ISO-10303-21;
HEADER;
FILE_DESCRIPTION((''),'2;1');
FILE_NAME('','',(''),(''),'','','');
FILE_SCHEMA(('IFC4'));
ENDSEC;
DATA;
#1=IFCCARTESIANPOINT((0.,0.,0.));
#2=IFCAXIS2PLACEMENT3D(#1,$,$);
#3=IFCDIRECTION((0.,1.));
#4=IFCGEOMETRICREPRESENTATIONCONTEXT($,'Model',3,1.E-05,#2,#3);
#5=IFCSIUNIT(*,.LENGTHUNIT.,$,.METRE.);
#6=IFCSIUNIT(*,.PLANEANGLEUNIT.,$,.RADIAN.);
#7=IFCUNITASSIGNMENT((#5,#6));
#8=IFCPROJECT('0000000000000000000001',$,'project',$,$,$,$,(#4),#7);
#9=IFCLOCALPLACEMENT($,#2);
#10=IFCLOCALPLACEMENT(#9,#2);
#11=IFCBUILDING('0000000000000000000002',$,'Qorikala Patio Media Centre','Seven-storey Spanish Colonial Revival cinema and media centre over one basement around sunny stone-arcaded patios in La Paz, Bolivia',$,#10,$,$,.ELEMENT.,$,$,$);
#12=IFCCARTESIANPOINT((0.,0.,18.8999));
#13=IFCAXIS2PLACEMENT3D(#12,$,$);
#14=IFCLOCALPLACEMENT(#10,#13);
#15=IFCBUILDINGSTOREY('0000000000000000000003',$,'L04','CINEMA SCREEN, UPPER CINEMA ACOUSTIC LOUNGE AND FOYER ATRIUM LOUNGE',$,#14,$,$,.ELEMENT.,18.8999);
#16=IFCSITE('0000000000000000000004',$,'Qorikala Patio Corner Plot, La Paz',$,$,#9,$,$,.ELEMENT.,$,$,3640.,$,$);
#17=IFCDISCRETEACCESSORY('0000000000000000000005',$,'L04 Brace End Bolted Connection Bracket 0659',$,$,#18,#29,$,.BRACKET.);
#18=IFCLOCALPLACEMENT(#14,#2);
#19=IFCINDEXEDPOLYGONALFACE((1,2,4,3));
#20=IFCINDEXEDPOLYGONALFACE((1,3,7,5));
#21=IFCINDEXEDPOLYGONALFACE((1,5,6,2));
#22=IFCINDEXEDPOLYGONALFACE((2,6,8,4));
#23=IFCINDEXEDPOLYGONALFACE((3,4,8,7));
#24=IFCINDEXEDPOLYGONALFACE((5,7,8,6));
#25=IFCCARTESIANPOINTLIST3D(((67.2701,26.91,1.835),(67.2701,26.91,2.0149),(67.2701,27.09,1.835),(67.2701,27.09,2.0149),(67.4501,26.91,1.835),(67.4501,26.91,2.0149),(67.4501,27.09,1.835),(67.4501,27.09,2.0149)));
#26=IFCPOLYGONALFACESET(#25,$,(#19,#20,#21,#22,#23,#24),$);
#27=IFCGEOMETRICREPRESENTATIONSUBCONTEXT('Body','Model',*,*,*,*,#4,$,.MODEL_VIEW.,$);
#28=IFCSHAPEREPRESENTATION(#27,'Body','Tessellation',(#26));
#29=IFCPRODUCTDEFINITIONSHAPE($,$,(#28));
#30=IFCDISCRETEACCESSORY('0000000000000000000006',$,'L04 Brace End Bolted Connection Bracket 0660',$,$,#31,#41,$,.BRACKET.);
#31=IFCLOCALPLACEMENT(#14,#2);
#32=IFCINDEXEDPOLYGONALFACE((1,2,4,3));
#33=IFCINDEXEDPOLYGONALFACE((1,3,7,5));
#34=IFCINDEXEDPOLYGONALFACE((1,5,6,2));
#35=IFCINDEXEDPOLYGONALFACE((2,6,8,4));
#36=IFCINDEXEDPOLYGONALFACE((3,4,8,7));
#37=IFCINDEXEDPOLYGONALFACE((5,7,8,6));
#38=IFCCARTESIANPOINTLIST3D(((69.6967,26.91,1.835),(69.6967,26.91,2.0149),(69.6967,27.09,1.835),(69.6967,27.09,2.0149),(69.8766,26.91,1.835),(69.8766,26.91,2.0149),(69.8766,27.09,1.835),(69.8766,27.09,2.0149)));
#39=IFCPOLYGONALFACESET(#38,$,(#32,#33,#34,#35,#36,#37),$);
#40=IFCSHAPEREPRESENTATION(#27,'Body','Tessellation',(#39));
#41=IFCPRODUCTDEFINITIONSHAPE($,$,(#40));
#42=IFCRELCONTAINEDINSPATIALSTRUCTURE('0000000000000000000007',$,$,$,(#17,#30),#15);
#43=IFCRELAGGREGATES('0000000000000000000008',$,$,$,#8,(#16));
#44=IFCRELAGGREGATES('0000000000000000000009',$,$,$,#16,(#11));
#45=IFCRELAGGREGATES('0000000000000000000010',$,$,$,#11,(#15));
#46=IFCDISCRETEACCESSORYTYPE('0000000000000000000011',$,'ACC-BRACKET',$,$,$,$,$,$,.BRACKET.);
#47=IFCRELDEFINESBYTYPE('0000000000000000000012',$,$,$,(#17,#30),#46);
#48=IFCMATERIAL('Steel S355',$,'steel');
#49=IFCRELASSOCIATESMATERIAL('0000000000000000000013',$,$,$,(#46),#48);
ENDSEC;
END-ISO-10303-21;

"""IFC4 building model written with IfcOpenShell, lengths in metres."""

from ifc_helpers import new_model, si_unit, direction, frame, origin, origin_2d, place, context, subcontext, project, spatial, rectangle, extrude, material, type_object, element, save


model = new_model("IFC4")

# Units and contexts
model_context = context("Model", 3, precision=1e-05, world=origin(), true_north=direction((0.0, 1.0)))
body_context = subcontext(model_context, "Body", "Model", "MODEL_VIEW")
ifc_project = project(units=[si_unit("LENGTHUNIT", "METRE"), si_unit("PLANEANGLEUNIT", "RADIAN")], contexts=[model_context])

# Site, building, storey
site_placement = place(None, origin())
site = spatial("IfcSite", under=ifc_project, at=site_placement, Name="Qorikala Patio Corner Plot, La Paz", CompositionType="ELEMENT", RefElevation=3640.0)
building_placement = place(site_placement, origin())
building = spatial("IfcBuilding", under=site, at=building_placement, Name="Qorikala Patio Media Centre", Description="Seven-storey Spanish Colonial Revival cinema and media centre over one basement around sunny stone-arcaded patios in La Paz, Bolivia", CompositionType="ELEMENT")
storey_placement = place(building_placement, frame((0.0, 0.0, 18.8999)))
storey = spatial("IfcBuildingStorey", under=building, at=storey_placement, Name="L04", Description="CINEMA SCREEN, UPPER CINEMA ACOUSTIC LOUNGE AND FOYER ATRIUM LOUNGE", CompositionType="ELEMENT", Elevation=18.8999)

# Discrete accessories
ifc_material_1 = material(Name="Steel S355", Category="steel")
discrete_accessory_type = type_object("IfcDiscreteAccessoryType", Name="ACC-BRACKET", PredefinedType="BRACKET", material=ifc_material_1)
for number, where, z_axis, x_axis, name in (
    (1, (67.3601, 27.0, 1.835), (0.0, 0.0, 1.0), (1.0, 0.0, 0.0), "L04 Brace End Bolted Connection Bracket 0659"),
    (2, (69.7866, 27.0, 1.835), (0.0, 0.0, 1.0), (1.0, 0.0, 0.0), "L04 Brace End Bolted Connection Bracket 0660"),
):
    element("IfcDiscreteAccessory", number, at=place(storey_placement, frame(where, z_axis=z_axis, x_axis=x_axis)), inside=storey, type_object=discrete_accessory_type, Name=name, PredefinedType="BRACKET", context=body_context, shape_type="SweptSolid", body=[
        extrude(rectangle(XDim=0.1799, YDim=0.1799, at=origin_2d()), origin(), (0.0, 0.0, 1.0), 0.1799),
    ])

save(model, "model.ifc")
